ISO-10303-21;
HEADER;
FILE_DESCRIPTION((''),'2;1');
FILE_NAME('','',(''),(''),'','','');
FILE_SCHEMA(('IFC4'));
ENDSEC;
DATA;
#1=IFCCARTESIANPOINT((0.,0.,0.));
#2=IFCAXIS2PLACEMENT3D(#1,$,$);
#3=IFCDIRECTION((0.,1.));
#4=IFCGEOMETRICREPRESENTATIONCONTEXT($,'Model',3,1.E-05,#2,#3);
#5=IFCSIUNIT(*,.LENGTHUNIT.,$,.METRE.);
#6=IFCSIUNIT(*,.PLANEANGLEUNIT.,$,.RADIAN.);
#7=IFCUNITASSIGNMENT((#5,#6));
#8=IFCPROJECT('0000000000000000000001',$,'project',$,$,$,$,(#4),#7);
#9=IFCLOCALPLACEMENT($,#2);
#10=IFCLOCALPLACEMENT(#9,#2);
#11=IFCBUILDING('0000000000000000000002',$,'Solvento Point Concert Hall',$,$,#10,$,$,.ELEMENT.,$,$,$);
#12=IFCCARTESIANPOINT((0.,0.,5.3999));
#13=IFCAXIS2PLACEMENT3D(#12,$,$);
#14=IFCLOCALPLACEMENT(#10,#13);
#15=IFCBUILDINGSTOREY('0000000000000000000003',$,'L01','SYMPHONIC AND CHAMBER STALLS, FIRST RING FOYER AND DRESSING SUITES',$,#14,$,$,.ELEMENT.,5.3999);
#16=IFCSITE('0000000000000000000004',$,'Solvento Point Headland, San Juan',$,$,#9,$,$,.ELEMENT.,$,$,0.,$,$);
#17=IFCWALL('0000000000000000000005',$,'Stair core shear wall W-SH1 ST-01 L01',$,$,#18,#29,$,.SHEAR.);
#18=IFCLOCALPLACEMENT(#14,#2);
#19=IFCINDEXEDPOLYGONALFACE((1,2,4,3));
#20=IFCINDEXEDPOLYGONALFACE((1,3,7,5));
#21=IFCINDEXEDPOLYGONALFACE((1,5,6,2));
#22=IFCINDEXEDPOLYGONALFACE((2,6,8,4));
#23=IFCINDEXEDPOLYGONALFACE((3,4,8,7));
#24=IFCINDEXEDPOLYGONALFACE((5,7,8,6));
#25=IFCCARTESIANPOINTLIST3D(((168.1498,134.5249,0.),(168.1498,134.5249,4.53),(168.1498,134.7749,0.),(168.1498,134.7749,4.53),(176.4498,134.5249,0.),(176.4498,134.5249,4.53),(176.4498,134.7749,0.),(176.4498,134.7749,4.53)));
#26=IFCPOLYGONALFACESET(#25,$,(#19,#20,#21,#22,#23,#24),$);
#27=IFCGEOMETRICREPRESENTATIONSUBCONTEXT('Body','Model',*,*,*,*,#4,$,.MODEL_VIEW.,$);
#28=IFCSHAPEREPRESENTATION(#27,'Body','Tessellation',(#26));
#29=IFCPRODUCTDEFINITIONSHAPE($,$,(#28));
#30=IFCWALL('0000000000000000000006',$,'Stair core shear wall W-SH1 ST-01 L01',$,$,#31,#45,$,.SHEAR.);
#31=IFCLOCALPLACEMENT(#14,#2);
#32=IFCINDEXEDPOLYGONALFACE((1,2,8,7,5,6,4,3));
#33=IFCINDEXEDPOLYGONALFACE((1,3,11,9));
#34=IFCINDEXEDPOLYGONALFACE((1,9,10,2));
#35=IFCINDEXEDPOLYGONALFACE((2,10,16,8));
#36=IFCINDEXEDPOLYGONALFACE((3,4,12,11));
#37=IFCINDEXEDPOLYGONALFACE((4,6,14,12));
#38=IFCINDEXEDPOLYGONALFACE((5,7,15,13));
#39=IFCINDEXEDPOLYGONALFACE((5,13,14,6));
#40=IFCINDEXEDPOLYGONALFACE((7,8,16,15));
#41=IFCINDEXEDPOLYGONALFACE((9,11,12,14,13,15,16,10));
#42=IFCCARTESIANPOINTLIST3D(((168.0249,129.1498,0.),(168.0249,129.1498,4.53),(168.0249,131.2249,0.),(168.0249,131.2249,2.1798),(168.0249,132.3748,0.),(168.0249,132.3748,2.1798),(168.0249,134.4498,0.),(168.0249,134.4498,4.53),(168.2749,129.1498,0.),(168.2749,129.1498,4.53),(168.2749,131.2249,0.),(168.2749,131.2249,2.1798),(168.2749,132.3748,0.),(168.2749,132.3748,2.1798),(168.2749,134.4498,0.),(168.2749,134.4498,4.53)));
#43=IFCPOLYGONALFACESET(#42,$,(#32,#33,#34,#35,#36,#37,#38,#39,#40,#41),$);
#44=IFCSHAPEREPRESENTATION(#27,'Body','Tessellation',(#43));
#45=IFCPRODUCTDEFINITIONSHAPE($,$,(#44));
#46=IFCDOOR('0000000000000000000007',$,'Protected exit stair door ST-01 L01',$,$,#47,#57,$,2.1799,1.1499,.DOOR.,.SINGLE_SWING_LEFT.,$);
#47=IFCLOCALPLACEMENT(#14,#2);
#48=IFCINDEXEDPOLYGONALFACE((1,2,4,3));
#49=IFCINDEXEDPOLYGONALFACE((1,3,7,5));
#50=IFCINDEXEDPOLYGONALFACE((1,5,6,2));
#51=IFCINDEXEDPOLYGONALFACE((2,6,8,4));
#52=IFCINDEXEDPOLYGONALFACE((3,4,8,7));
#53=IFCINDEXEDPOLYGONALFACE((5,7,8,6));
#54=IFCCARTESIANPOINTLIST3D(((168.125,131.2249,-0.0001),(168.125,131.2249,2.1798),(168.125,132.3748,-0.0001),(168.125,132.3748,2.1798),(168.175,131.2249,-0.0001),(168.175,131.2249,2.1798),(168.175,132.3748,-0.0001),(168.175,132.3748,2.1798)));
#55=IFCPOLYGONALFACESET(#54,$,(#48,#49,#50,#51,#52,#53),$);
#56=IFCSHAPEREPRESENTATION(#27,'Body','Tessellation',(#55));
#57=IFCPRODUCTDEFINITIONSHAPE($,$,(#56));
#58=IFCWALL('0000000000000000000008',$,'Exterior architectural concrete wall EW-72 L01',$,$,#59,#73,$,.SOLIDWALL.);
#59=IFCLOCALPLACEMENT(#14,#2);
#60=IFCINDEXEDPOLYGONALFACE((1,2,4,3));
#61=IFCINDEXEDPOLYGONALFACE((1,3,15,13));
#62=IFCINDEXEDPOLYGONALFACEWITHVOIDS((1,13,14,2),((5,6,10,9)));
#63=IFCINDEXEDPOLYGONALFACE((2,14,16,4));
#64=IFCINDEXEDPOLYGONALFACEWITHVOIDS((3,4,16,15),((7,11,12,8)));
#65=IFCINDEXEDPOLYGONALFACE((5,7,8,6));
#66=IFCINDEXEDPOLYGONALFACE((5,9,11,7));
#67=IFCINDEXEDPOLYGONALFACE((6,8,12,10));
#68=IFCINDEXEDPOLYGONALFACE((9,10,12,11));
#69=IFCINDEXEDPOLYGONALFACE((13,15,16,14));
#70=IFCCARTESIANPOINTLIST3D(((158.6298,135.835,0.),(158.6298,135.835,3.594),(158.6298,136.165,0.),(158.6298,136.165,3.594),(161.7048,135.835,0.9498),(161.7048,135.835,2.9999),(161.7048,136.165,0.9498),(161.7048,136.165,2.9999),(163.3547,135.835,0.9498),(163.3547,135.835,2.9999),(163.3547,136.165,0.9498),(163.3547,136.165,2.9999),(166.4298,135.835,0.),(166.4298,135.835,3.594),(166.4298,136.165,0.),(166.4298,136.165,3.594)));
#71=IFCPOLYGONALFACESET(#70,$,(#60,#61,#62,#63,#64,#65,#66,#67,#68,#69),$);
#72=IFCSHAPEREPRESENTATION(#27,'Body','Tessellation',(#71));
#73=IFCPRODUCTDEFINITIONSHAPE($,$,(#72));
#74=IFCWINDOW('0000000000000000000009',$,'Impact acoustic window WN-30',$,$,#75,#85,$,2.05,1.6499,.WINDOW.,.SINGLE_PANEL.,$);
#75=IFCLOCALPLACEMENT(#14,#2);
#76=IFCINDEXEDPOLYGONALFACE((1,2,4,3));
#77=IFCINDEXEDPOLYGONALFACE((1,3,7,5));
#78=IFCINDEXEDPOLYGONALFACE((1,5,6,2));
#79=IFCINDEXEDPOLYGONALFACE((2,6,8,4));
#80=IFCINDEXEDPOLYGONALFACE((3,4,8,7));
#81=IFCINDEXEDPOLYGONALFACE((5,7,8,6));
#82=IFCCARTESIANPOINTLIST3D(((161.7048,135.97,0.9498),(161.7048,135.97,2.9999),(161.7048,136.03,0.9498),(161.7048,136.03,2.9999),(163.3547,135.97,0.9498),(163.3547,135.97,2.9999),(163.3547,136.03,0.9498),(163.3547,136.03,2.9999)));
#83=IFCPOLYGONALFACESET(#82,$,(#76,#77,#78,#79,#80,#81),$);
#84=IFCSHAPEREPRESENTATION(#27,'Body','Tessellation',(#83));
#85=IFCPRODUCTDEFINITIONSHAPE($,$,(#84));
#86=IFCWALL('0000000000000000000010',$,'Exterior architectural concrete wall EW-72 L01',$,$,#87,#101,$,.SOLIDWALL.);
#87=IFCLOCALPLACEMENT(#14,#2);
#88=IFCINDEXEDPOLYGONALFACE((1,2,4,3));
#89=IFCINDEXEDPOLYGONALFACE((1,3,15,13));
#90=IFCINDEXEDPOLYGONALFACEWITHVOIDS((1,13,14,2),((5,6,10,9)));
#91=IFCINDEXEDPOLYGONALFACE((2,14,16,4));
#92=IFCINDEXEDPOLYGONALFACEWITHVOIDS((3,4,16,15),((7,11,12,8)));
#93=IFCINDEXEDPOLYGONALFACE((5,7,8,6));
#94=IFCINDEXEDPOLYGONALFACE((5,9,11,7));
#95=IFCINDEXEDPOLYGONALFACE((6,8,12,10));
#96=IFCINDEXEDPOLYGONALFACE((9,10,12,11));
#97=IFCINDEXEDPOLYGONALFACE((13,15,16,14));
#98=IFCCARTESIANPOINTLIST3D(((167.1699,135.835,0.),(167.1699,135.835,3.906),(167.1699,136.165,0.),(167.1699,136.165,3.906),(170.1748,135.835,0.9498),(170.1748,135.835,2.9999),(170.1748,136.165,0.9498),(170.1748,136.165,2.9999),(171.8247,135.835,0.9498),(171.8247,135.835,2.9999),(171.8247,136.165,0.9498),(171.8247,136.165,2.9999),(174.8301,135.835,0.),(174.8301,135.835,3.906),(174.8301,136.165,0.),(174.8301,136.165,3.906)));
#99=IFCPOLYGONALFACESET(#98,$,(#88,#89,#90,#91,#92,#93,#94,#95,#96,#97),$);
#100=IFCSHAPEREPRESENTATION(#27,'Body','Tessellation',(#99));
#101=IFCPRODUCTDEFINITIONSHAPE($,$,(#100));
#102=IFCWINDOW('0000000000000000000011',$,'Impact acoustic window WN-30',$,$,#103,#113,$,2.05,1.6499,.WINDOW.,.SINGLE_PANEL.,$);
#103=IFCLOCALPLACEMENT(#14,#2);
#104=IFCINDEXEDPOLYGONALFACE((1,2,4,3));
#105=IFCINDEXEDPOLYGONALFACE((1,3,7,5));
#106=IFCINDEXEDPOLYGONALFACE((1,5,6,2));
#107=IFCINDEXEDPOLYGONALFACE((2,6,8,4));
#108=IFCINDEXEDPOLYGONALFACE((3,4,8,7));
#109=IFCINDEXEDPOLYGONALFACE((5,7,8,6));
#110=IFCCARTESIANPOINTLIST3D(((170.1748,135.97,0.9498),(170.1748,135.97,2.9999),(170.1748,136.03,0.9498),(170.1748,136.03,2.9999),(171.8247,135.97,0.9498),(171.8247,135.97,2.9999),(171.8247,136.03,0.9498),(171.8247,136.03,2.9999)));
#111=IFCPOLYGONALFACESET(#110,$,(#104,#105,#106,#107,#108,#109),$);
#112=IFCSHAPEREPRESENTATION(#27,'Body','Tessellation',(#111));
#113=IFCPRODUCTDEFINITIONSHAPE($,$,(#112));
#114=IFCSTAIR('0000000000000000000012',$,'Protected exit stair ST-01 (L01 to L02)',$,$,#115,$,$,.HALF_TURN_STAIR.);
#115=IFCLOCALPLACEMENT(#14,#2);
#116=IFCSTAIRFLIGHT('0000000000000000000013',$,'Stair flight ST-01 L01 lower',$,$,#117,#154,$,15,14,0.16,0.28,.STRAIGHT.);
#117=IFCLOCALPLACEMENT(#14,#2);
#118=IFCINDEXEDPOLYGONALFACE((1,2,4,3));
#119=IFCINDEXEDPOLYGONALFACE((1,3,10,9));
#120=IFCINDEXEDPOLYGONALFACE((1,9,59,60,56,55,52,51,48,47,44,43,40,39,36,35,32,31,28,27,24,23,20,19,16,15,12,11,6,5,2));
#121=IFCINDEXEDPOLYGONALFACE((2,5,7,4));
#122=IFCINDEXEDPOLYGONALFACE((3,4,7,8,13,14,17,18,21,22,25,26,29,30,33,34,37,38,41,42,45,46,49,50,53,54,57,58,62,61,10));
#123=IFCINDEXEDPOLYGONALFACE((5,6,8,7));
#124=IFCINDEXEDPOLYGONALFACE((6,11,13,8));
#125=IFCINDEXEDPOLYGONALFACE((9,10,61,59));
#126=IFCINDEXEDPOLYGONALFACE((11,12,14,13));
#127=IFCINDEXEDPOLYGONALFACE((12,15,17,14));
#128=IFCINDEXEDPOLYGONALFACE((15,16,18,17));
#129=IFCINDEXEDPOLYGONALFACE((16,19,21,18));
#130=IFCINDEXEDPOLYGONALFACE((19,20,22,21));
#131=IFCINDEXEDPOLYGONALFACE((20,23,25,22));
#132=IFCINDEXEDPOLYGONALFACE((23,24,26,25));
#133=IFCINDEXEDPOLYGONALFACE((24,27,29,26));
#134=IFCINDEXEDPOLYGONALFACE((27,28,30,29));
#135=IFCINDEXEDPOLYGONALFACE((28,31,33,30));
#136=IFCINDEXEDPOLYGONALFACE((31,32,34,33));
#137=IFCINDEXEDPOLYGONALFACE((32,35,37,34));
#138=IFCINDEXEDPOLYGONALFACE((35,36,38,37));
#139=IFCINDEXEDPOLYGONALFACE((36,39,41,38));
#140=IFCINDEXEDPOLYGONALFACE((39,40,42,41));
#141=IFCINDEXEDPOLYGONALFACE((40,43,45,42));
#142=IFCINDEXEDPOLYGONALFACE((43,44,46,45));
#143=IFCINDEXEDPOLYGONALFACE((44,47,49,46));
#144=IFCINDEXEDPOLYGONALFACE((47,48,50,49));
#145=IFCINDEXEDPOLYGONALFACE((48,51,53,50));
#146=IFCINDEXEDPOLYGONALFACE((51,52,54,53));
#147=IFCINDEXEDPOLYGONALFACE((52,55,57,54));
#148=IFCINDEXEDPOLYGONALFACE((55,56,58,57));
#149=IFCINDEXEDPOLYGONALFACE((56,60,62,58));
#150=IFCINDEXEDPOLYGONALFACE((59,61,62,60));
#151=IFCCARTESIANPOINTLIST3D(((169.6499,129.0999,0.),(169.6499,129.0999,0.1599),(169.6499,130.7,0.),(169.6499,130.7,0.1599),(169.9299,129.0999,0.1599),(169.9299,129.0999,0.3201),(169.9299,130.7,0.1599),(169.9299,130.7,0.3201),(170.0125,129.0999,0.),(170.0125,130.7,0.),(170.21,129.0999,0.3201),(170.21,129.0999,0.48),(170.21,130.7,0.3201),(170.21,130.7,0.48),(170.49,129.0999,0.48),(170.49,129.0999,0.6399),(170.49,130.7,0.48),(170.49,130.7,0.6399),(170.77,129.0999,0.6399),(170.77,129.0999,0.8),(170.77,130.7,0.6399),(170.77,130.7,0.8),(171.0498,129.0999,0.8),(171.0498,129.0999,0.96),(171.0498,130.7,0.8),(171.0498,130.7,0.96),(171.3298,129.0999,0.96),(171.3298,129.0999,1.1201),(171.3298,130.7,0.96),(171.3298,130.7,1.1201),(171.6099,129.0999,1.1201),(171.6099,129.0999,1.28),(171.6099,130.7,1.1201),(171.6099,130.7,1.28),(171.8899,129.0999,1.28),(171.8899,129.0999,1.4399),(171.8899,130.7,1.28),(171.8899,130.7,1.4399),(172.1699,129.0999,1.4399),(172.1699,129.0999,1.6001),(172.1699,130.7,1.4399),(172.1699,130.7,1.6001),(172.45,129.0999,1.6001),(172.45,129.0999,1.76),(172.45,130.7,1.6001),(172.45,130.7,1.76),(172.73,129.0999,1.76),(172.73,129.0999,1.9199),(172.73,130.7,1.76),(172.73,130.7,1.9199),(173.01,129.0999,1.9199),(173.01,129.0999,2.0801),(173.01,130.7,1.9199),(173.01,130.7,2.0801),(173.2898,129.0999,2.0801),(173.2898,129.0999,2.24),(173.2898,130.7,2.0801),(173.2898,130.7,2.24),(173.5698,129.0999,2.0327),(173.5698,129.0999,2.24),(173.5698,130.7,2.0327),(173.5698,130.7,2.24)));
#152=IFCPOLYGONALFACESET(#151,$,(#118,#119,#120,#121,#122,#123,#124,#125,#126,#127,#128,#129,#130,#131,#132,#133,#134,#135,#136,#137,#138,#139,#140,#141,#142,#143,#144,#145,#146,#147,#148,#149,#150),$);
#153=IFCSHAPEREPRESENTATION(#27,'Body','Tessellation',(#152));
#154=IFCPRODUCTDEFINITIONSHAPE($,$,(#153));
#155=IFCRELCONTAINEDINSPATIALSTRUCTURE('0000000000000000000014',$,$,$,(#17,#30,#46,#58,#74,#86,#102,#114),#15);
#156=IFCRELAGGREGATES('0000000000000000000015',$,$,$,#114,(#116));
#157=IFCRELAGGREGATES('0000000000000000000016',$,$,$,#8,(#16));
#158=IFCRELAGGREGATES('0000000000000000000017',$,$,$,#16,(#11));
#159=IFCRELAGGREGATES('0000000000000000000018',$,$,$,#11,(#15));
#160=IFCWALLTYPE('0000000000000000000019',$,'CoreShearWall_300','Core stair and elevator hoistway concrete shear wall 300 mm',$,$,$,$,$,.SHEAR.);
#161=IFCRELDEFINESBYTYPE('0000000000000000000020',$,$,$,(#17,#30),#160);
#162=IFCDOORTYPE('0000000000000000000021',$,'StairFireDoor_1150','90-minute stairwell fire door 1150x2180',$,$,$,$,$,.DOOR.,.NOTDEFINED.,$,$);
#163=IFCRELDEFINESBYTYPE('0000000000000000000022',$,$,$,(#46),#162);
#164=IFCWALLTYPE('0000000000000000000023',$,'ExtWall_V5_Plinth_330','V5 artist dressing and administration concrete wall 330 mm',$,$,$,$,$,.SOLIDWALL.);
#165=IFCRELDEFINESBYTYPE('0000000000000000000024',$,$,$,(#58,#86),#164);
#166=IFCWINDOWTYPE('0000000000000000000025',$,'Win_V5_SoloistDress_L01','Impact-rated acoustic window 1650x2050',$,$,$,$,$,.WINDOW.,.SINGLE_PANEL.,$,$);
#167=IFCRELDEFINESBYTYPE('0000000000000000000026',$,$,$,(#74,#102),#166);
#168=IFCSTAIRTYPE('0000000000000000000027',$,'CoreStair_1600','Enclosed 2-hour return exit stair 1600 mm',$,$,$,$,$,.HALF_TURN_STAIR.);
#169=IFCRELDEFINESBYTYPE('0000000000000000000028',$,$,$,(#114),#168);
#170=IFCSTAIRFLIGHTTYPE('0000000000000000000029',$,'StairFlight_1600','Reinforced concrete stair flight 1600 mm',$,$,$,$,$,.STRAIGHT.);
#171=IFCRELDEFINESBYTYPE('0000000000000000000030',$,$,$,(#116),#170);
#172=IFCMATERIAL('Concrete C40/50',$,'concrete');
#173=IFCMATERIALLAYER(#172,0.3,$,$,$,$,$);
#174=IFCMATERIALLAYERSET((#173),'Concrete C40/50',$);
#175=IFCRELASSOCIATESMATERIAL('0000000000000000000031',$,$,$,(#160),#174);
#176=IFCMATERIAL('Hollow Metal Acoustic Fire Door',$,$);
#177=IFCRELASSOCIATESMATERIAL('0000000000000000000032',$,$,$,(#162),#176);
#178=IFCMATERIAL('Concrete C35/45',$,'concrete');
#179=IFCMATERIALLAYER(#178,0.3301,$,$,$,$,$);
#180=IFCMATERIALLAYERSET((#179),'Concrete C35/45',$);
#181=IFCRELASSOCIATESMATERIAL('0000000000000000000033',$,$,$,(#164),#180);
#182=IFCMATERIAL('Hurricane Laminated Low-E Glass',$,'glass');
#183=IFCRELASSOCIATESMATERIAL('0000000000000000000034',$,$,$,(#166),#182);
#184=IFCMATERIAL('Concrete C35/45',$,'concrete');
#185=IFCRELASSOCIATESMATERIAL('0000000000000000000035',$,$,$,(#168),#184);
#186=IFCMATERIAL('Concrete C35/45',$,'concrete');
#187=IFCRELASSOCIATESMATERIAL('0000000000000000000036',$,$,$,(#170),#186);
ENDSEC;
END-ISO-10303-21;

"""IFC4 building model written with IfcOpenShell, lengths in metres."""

from ifc_helpers import new_model, si_unit, direction, frame, frame_2d, origin, place, context, subcontext, project, spatial, polyline, rectangle, outline, extrude, material, layer, layer_set, type_object, element, fill, aggregate, save


model = new_model("IFC4")

# Units and contexts
model_context = context("Model", 3, precision=1e-05, world=origin(), true_north=direction((0.0, 1.0)))
body_context = subcontext(model_context, "Body", "Model", "MODEL_VIEW")
ifc_project = project(units=[si_unit("LENGTHUNIT", "METRE"), si_unit("PLANEANGLEUNIT", "RADIAN")], contexts=[model_context])

# Site, building, storey
site_placement = place(None, origin())
site = spatial("IfcSite", under=ifc_project, at=site_placement, Name="Solvento Point Headland, San Juan", CompositionType="ELEMENT", RefElevation=0.0)
building_placement = place(site_placement, origin())
building = spatial("IfcBuilding", under=site, at=building_placement, Name="Solvento Point Concert Hall", CompositionType="ELEMENT")
storey_placement = place(building_placement, frame((0.0, 0.0, 5.3999)))
storey = spatial("IfcBuildingStorey", under=building, at=storey_placement, Name="L01", Description="SYMPHONIC AND CHAMBER STALLS, FIRST RING FOYER AND DRESSING SUITES", CompositionType="ELEMENT", Elevation=5.3999)

# Wall
ifc_material_1 = material(Name="Concrete C40/50", Category="concrete")
ifc_layer_1 = layer(ifc_material_1, 0.3)
ifc_layer_set_1 = layer_set([ifc_layer_1], Name="Concrete C40/50")
wall_type_1 = type_object("IfcWallType", Name="CoreShearWall_300", Description="Core stair and elevator hoistway concrete shear wall 300 mm", PredefinedType="SHEAR", material=ifc_layer_set_1)
wall_1_placement = place(storey_placement, frame((168.1499, 134.6499, 0.0), z_axis=(0.0, 0.0, 1.0), x_axis=(1.0, 0.0, 0.0)))
element("IfcWall", 1, at=wall_1_placement, inside=storey, type_object=wall_type_1, Name="Stair core shear wall W-SH1 ST-01 L01", PredefinedType="SHEAR", context=body_context, shape_type="SweptSolid", body=[
    extrude(rectangle(XDim=8.3, YDim=0.25, at=frame_2d((4.1499, 0.0))), origin(), (0.0, 0.0, 1.0), 4.53),
])

# Wall, opening, door
wall_2_placement = place(storey_placement, frame((168.1499, 129.1499, 0.0), z_axis=(0.0, 0.0, 1.0), x_axis=(0.0, 1.0, 0.0)))
wall_2 = element("IfcWall", 2, at=wall_2_placement, inside=storey, type_object=wall_type_1, Name="Stair core shear wall W-SH1 ST-01 L01", PredefinedType="SHEAR", context=body_context, shape_type="SweptSolid", body=[
    extrude(rectangle(XDim=5.3, YDim=0.25, at=frame_2d((2.6499, 0.0))), origin(), (0.0, 0.0, 1.0), 4.53),
])
opening_1_placement = place(wall_2_placement, frame((2.075, 0.0, 0.0)))
opening_1 = element("IfcOpeningElement", 3, at=opening_1_placement, cuts=wall_2, PredefinedType="OPENING", context=body_context, shape_type="SweptSolid", body=[
    extrude(rectangle(XDim=1.1499, YDim=2.1799, at=frame_2d((0.575, 1.0898))), frame((0.0, 0.135, 0.0), z_axis=(0.0, -1.0, 0.0), x_axis=(1.0, 0.0, 0.0)), (0.0, 0.0, 1.0), 0.27),
])
ifc_material_2 = material(Name="Hollow Metal Acoustic Fire Door")
door_type = type_object("IfcDoorType", Name="StairFireDoor_1150", Description="90-minute stairwell fire door 1150x2180", OperationType="NOTDEFINED", PredefinedType="DOOR", material=ifc_material_2)
door_placement = place(opening_1_placement, origin())
door = element("IfcDoor", 4, at=door_placement, inside=storey, type_object=door_type, Name="Protected exit stair door ST-01 L01", OperationType="SINGLE_SWING_LEFT", OverallHeight=2.1799, OverallWidth=1.1499, PredefinedType="DOOR", context=body_context, shape_type="SweptSolid", body=[
    extrude(rectangle(XDim=1.1499, YDim=2.1799, at=frame_2d((0.575, 1.0898))), frame((0.0, 0.0249, 0.0), z_axis=(0.0, -1.0, 0.0), x_axis=(1.0, 0.0, 0.0)), (0.0, 0.0, 1.0), 0.05),
])
fill(opening_1, door)

# Walls, openings, windows
ifc_material_3 = material(Name="Concrete C35/45", Category="concrete")
ifc_layer_2 = layer(ifc_material_3, 0.3301)
ifc_layer_set_2 = layer_set([ifc_layer_2], Name="Concrete C35/45")
wall_type_2 = type_object("IfcWallType", Name="ExtWall_V5_Plinth_330", Description="V5 artist dressing and administration concrete wall 330 mm", PredefinedType="SOLIDWALL", material=ifc_layer_set_2)
wall_3_placement = place(storey_placement, frame((158.6299, 136.0, 0.0), z_axis=(0.0, 0.0, 1.0), x_axis=(1.0, 0.0, 0.0)))
wall_3 = element("IfcWall", 5, at=wall_3_placement, inside=storey, type_object=wall_type_2, Name="Exterior architectural concrete wall EW-72 L01", PredefinedType="SOLIDWALL", context=body_context, shape_type="SweptSolid", body=[
    extrude(rectangle(XDim=7.8, YDim=0.3301, at=frame_2d((3.8999, 0.0))), origin(), (0.0, 0.0, 1.0), 3.594),
])
opening_2_placement = place(wall_3_placement, frame((3.075, 0.0, 0.95)))
opening_2 = element("IfcOpeningElement", 6, at=opening_2_placement, cuts=wall_3, PredefinedType="OPENING", context=body_context, shape_type="SweptSolid", body=[
    extrude(rectangle(XDim=1.6499, YDim=2.05, at=frame_2d((0.825, 1.0249))), frame((0.0, 0.175, 0.0), z_axis=(0.0, -1.0, 0.0), x_axis=(1.0, 0.0, 0.0)), (0.0, 0.0, 1.0), 0.3501),
])
ifc_material_4 = material(Name="Hurricane Laminated Low-E Glass", Category="glass")
window_type = type_object("IfcWindowType", Name="Win_V5_SoloistDress_L01", Description="Impact-rated acoustic window 1650x2050", PartitioningType="SINGLE_PANEL", PredefinedType="WINDOW", material=ifc_material_4)
window_1_placement = place(opening_2_placement, origin())
window_1 = element("IfcWindow", 7, at=window_1_placement, inside=storey, type_object=window_type, Name="Impact acoustic window WN-30", OverallHeight=2.05, OverallWidth=1.6499, PartitioningType="SINGLE_PANEL", PredefinedType="WINDOW", context=body_context, shape_type="SweptSolid", body=[
    extrude(rectangle(XDim=1.6499, YDim=2.05, at=frame_2d((0.825, 1.0249))), frame((0.0, 0.03, 0.0), z_axis=(0.0, -1.0, 0.0), x_axis=(1.0, 0.0, 0.0)), (0.0, 0.0, 1.0), 0.0601),
])
fill(opening_2, window_1)
wall_4_placement = place(storey_placement, frame((167.1699, 136.0, 0.0), z_axis=(0.0, 0.0, 1.0), x_axis=(1.0, 0.0, 0.0)))
wall_4 = element("IfcWall", 8, at=wall_4_placement, inside=storey, type_object=wall_type_2, Name="Exterior architectural concrete wall EW-72 L01", PredefinedType="SOLIDWALL", context=body_context, shape_type="SweptSolid", body=[
    extrude(rectangle(XDim=7.6602, YDim=0.3301, at=frame_2d((3.8301, 0.0))), origin(), (0.0, 0.0, 1.0), 3.906),
])
opening_3_placement = place(wall_4_placement, frame((3.0049, 0.0, 0.95)))
opening_3 = element("IfcOpeningElement", 9, at=opening_3_placement, cuts=wall_4, PredefinedType="OPENING", context=body_context, shape_type="SweptSolid", body=[
    extrude(rectangle(XDim=1.6499, YDim=2.05, at=frame_2d((0.825, 1.0249))), frame((0.0, 0.175, 0.0), z_axis=(0.0, -1.0, 0.0), x_axis=(1.0, 0.0, 0.0)), (0.0, 0.0, 1.0), 0.3501),
])
window_2_placement = place(opening_3_placement, origin())
window_2 = element("IfcWindow", 10, at=window_2_placement, inside=storey, type_object=window_type, Name="Impact acoustic window WN-30", OverallHeight=2.05, OverallWidth=1.6499, PartitioningType="SINGLE_PANEL", PredefinedType="WINDOW", context=body_context, shape_type="SweptSolid", body=[
    extrude(rectangle(XDim=1.6499, YDim=2.05, at=frame_2d((0.825, 1.0249))), frame((0.0, 0.03, 0.0), z_axis=(0.0, -1.0, 0.0), x_axis=(1.0, 0.0, 0.0)), (0.0, 0.0, 1.0), 0.0601),
])
fill(opening_3, window_2)

# Stair, stair flight
ifc_material_5 = material(Name="Concrete C35/45", Category="concrete")
stair_type = type_object("IfcStairType", Name="CoreStair_1600", Description="Enclosed 2-hour return exit stair 1600 mm", PredefinedType="HALF_TURN_STAIR", material=ifc_material_5)
stair_placement = place(storey_placement, origin())
stair = element("IfcStair", 11, at=stair_placement, inside=storey, type_object=stair_type, Name="Protected exit stair ST-01 (L01 to L02)", PredefinedType="HALF_TURN_STAIR")
ifc_material_6 = material(Name="Concrete C35/45", Category="concrete")
stair_flight_type = type_object("IfcStairFlightType", Name="StairFlight_1600", Description="Reinforced concrete stair flight 1600 mm", PredefinedType="STRAIGHT", material=ifc_material_6)
stair_flight_placement = place(storey_placement, frame((169.6499, 129.8999, 0.0), z_axis=(0.0, 0.0, 1.0), x_axis=(1.0, 0.0, 0.0)))
stair_flight = element("IfcStairFlight", 12, at=stair_flight_placement, type_object=stair_flight_type, Name="Stair flight ST-01 L01 lower", NumberOfRisers=15, NumberOfTreads=14, PredefinedType="STRAIGHT", RiserHeight=0.16, TreadLength=0.28, context=body_context, shape_type="SweptSolid", body=[
    extrude(outline(polyline([(0.0, 0.0), (0.0, 0.1599), (0.28, 0.1599), (0.28, 0.3201), (0.5601, 0.3201), (0.5601, 0.48), (0.8401, 0.48), (0.8401, 0.6399), (1.1201, 0.6399), (1.1201, 0.8), (1.3999, 0.8), (1.3999, 0.96), (1.6799, 0.96), (1.6799, 1.1201), (1.96, 1.1201), (1.96, 1.28), (2.24, 1.28), (2.24, 1.4399), (2.52, 1.4399), (2.52, 1.6001), (2.8, 1.6001), (2.8, 1.76), (3.0801, 1.76), (3.0801, 1.9199), (3.3601, 1.9199), (3.3601, 2.0801), (3.6399, 2.0801), (3.6399, 2.24), (3.9199, 2.24), (3.9199, 2.3999), (3.9199, 2.0327), (0.3625, 0.0), (0.0, 0.0)])), frame((0.0, 0.8, 0.0), z_axis=(0.0, -1.0, 0.0), x_axis=(1.0, 0.0, 0.0)), (0.0, 0.0, 1.0), 1.6001),
])
aggregate(stair, [stair_flight])

save(model, "model.ifc")
